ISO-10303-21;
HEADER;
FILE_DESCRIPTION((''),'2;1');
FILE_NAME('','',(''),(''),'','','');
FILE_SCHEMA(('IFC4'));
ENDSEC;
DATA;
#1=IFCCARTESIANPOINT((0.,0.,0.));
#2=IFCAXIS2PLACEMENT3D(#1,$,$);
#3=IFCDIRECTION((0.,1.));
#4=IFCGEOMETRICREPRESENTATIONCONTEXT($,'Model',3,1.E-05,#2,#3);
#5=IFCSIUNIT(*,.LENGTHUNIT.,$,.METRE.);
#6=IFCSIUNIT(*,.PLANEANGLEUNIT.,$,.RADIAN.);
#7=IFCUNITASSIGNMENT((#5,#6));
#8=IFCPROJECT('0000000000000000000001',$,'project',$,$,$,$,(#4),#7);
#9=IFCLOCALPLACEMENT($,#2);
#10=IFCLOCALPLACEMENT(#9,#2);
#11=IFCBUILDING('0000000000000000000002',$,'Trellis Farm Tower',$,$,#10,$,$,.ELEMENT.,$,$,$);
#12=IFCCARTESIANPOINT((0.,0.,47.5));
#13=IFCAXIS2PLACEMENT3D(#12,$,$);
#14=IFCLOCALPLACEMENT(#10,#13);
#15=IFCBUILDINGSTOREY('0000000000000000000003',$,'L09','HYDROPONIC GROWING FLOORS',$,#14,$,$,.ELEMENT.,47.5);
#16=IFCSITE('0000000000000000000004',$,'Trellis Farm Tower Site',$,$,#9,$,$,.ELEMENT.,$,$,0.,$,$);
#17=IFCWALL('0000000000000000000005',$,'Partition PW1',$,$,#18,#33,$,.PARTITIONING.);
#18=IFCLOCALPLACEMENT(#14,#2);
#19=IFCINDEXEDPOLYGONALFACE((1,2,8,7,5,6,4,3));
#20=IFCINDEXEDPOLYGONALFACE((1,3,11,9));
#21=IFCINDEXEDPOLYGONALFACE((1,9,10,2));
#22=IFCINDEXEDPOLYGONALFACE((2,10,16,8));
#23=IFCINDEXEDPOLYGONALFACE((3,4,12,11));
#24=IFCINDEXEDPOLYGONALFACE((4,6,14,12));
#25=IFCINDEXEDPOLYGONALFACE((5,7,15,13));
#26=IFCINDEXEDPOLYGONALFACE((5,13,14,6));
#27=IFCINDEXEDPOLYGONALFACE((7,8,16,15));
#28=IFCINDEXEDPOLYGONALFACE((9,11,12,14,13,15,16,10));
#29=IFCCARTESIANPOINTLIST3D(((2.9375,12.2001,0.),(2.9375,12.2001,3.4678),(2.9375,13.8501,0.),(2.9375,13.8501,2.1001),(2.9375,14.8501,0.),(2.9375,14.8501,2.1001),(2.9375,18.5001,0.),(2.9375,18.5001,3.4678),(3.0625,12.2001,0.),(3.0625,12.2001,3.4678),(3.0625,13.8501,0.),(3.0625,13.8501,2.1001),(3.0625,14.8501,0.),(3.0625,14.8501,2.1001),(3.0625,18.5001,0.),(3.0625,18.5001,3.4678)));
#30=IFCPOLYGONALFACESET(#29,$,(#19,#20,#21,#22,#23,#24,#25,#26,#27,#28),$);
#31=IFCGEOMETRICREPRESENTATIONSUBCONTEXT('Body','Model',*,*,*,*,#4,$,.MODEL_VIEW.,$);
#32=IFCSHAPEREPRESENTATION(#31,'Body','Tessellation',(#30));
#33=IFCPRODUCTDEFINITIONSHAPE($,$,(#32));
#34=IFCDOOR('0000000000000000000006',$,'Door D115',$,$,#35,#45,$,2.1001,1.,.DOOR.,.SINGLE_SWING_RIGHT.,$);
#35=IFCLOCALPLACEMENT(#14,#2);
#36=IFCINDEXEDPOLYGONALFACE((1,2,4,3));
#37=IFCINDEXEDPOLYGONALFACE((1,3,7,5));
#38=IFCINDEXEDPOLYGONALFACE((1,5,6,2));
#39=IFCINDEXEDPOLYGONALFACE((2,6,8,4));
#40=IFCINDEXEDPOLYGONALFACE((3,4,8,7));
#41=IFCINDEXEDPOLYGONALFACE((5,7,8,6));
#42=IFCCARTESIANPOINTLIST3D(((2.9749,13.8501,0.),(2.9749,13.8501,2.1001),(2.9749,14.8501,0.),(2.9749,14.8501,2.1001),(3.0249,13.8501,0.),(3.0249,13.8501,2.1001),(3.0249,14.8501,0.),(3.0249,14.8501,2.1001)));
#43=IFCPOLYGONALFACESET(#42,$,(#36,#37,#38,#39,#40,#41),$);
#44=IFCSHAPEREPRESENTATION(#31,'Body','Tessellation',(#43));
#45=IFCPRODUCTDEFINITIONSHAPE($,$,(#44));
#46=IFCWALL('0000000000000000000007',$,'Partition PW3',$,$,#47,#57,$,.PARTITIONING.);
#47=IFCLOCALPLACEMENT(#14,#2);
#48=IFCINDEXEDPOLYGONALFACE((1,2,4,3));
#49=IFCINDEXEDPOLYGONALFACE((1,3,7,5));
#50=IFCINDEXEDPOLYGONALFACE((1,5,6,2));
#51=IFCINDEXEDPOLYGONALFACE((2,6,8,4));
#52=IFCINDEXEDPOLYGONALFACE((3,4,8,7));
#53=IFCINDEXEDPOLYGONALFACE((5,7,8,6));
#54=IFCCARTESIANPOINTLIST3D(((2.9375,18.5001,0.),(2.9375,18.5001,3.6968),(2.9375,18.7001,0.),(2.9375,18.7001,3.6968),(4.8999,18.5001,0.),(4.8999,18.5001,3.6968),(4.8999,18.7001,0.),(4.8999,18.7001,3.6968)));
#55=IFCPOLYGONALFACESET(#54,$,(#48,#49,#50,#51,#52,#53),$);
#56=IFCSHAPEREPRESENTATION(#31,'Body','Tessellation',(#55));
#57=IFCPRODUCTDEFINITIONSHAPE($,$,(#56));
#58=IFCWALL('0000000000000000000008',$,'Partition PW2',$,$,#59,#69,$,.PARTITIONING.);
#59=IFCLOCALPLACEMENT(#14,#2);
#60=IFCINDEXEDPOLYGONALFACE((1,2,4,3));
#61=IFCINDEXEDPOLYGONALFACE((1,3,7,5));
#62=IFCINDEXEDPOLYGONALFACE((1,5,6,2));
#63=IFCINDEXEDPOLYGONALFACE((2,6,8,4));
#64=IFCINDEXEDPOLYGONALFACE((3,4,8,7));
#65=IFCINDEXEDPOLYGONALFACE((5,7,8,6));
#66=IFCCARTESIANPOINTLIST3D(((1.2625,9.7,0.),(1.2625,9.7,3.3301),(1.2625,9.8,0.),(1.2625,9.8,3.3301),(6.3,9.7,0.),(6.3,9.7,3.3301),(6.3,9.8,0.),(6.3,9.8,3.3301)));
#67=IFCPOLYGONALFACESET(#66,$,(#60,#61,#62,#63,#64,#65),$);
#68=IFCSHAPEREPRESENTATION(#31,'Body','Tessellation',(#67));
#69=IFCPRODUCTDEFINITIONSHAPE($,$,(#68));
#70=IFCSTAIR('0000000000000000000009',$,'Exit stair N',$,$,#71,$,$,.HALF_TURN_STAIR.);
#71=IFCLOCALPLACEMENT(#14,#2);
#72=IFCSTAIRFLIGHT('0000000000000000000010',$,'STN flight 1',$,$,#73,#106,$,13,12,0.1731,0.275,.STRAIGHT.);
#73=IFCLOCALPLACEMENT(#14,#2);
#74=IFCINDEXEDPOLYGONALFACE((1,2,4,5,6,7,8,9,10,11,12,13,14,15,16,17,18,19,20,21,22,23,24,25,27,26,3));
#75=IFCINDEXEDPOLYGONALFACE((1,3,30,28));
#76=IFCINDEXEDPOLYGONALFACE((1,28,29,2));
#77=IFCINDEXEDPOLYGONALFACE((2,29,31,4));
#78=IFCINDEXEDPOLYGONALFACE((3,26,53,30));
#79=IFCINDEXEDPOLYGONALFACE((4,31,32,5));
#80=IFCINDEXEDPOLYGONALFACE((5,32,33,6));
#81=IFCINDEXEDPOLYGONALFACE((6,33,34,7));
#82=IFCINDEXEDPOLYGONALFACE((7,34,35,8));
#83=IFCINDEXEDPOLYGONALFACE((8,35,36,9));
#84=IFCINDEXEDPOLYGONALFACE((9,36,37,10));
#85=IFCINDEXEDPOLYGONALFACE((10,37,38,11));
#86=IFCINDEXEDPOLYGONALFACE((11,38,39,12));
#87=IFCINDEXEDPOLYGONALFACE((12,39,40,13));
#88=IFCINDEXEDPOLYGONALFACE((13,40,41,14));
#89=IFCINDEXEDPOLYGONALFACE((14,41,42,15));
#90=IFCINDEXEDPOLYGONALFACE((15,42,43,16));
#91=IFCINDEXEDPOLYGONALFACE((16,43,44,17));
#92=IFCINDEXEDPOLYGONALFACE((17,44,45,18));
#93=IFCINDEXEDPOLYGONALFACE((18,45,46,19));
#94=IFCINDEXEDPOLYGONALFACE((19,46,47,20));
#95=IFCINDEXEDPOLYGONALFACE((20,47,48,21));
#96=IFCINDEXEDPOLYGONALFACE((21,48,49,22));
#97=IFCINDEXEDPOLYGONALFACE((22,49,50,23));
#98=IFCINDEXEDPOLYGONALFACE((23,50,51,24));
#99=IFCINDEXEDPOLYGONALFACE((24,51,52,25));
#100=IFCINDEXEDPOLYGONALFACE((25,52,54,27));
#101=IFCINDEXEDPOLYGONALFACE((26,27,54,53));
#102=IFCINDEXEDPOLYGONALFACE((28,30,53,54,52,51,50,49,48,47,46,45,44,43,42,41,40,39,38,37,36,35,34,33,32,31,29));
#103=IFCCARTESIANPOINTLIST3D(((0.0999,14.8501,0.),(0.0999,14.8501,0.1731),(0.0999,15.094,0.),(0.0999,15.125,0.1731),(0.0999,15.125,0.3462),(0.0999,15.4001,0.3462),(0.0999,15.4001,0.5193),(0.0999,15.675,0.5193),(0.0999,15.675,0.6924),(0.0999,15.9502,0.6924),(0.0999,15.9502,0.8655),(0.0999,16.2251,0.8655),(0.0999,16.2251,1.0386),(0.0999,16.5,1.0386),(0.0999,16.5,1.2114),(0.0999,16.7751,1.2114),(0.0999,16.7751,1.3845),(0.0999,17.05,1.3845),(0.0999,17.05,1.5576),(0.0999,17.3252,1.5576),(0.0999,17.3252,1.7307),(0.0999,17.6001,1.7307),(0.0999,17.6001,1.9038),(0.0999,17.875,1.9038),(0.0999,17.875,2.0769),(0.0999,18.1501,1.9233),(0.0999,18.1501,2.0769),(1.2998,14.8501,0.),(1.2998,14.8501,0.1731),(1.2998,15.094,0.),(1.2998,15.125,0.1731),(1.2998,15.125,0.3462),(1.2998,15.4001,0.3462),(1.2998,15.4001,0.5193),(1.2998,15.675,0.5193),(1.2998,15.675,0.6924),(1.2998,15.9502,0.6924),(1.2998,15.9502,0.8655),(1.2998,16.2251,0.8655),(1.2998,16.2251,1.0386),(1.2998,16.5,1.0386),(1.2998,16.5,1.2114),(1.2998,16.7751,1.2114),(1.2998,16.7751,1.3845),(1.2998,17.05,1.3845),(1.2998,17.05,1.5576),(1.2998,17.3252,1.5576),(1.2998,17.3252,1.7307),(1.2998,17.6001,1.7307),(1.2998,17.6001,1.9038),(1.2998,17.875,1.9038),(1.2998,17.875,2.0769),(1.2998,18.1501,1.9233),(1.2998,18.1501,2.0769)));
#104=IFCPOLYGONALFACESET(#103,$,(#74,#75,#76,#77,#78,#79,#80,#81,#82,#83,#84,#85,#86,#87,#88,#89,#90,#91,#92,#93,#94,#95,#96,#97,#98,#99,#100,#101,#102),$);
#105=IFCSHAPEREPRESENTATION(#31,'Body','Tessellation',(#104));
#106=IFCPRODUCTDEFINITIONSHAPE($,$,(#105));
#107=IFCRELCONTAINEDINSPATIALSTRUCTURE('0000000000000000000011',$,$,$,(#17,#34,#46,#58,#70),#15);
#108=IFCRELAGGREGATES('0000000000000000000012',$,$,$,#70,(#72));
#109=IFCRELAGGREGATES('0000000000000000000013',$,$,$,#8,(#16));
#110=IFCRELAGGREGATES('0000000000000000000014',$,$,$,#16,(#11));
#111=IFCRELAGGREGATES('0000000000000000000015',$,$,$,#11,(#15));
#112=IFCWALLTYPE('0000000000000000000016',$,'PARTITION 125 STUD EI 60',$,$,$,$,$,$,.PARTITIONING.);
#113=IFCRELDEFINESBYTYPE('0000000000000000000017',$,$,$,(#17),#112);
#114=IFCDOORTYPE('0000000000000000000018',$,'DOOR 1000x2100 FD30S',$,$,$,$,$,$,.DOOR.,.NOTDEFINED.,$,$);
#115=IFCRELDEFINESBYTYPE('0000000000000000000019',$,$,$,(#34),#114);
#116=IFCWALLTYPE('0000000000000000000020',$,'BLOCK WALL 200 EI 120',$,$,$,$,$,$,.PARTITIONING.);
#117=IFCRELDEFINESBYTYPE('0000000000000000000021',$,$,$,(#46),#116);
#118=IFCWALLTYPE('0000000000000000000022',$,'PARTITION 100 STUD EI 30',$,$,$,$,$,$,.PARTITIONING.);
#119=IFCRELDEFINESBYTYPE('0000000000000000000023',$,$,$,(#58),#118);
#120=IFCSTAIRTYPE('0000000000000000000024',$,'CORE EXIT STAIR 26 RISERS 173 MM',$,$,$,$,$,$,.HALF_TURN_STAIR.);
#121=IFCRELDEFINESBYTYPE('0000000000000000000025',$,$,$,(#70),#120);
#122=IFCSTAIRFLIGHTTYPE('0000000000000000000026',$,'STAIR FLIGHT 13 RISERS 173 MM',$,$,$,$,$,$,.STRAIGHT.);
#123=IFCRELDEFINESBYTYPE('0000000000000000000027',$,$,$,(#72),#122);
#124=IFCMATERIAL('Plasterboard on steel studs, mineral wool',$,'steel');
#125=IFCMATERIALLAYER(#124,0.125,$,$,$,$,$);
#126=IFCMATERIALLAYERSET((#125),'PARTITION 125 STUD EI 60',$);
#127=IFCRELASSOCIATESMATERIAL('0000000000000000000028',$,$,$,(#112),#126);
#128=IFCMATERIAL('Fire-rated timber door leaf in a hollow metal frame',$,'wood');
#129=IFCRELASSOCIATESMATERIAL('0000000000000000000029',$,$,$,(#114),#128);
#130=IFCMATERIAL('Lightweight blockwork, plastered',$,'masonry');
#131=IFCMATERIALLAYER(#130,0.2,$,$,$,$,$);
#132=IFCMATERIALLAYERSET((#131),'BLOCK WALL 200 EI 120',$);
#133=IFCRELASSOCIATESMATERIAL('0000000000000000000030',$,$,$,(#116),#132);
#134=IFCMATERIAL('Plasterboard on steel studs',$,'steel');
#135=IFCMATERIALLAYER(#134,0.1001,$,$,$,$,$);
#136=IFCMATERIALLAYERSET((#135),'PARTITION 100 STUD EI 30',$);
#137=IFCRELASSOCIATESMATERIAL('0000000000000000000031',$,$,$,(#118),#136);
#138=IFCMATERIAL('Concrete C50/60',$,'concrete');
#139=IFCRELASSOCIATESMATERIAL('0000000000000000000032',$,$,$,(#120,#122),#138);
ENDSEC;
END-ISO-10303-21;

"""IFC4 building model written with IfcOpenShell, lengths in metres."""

from ifc_helpers import new_model, si_unit, direction, frame, frame_2d, origin, place, context, subcontext, project, spatial, polyline, rectangle, outline, extrude, source, transform, mapped, material, layer, layer_set, type_object, element, fill, aggregate, save


model = new_model("IFC4")

# Units and contexts
model_context = context("Model", 3, precision=1e-05, world=origin(), true_north=direction((0.0, 1.0)))
body_context = subcontext(model_context, "Body", "Model", "MODEL_VIEW")
ifc_project = project(units=[si_unit("LENGTHUNIT", "METRE"), si_unit("PLANEANGLEUNIT", "RADIAN")], contexts=[model_context])

# Site, building, storey
site_placement = place(None, origin())
site = spatial("IfcSite", under=ifc_project, at=site_placement, Name="Trellis Farm Tower Site", CompositionType="ELEMENT", RefElevation=0.0)
building_placement = place(site_placement, origin())
building = spatial("IfcBuilding", under=site, at=building_placement, Name="Trellis Farm Tower", CompositionType="ELEMENT")
storey_placement = place(building_placement, frame((0.0, 0.0, 47.5)))
storey = spatial("IfcBuildingStorey", under=building, at=storey_placement, Name="L09", Description="HYDROPONIC GROWING FLOORS", CompositionType="ELEMENT", Elevation=47.5)

# Shared definitions
placement = place(storey_placement, origin())

# Shared definitions
ifc_material_1 = material(Name="Plasterboard on steel studs, mineral wool", Category="steel")
ifc_layer_1 = layer(ifc_material_1, 0.125)
ifc_layer_set_1 = layer_set([ifc_layer_1], Name="PARTITION 125 STUD EI 60")
wall_type_1 = type_object("IfcWallType", Name="PARTITION 125 STUD EI 60", PredefinedType="PARTITIONING", material=ifc_layer_set_1)
shared_shape_1 = source(origin(), body_context, "Body", "SweptSolid", [
    extrude(rectangle(XDim=1.0, YDim=2.1001, at=frame_2d((0.5, 1.05))), frame((0.0, 0.0725, 0.0), z_axis=(0.0, -1.0, 0.0), x_axis=(1.0, 0.0, 0.0)), (0.0, 0.0, 1.0), 0.145),
])
ifc_material_2 = material(Name="Fire-rated timber door leaf in a hollow metal frame", Category="wood")
door_type = type_object("IfcDoorType", Name="DOOR 1000x2100 FD30S", OperationType="NOTDEFINED", PredefinedType="DOOR", material=ifc_material_2)
shared_shape_2 = source(origin(), body_context, "Body", "SweptSolid", [
    extrude(rectangle(XDim=1.0, YDim=2.1001, at=frame_2d((0.5, 1.05))), frame((0.0, 0.0249, 0.0), z_axis=(0.0, -1.0, 0.0), x_axis=(1.0, 0.0, 0.0)), (0.0, 0.0, 1.0), 0.05),
])

# Shared definitions
ifc_material_3 = material(Name="Lightweight blockwork, plastered", Category="masonry")
ifc_layer_2 = layer(ifc_material_3, 0.2)
ifc_layer_set_2 = layer_set([ifc_layer_2], Name="BLOCK WALL 200 EI 120")
wall_type_2 = type_object("IfcWallType", Name="BLOCK WALL 200 EI 120", PredefinedType="PARTITIONING", material=ifc_layer_set_2)

# Wall, opening, door
shared_shape_3 = source(origin(), body_context, "Body", "SweptSolid", [
    extrude(rectangle(XDim=6.3, YDim=0.125, at=frame_2d((3.1499, 0.0))), origin(), (0.0, 0.0, 1.0), 3.4678),
])
wall_1_placement = place(storey_placement, frame((3.0, 18.5, 0.0), z_axis=(0.0, 0.0, 1.0), x_axis=(0.0, -1.0, 0.0)))
wall_1 = element("IfcWall", 1, at=wall_1_placement, inside=storey, type_object=wall_type_1, Name="Partition PW1", PredefinedType="PARTITIONING", context=body_context, shape_type="MappedRepresentation", body=[
    mapped(shared_shape_3, transform((0.0, 0.0, 0.0))),
])
opening_1_placement = place(wall_1_placement, frame((3.6499, 0.0, 0.0)))
opening_1 = element("IfcOpeningElement", 2, at=opening_1_placement, cuts=wall_1, PredefinedType="OPENING", context=body_context, shape_type="MappedRepresentation", body=[
    mapped(shared_shape_1, transform((0.0, 0.0, 0.0))),
])
door_1_placement = place(opening_1_placement, origin())
door_1 = element("IfcDoor", 3, at=door_1_placement, inside=storey, type_object=door_type, Name="Door D115", OperationType="SINGLE_SWING_RIGHT", OverallHeight=2.1001, OverallWidth=1.0, PredefinedType="DOOR", context=body_context, shape_type="MappedRepresentation", body=[
    mapped(shared_shape_2, transform((0.0, 0.0, 0.0))),
])
fill(opening_1, door_1)

# Walls
shared_shape_4 = source(origin(), body_context, "Body", "SweptSolid", [
    extrude(rectangle(XDim=1.9624, YDim=0.2, at=frame_2d((0.9812, 0.0))), origin(), (0.0, 0.0, 1.0), 3.6968),
])
wall_2_placement = place(storey_placement, frame((2.9375, 18.6001, 0.0), z_axis=(0.0, 0.0, 1.0), x_axis=(1.0, 0.0, 0.0)))
element("IfcWall", 4, at=wall_2_placement, inside=storey, type_object=wall_type_2, Name="Partition PW3", PredefinedType="PARTITIONING", context=body_context, shape_type="MappedRepresentation", body=[
    mapped(shared_shape_4, transform((0.0, 0.0, 0.0))),
])
ifc_material_4 = material(Name="Plasterboard on steel studs", Category="steel")
ifc_layer_3 = layer(ifc_material_4, 0.1001)
ifc_layer_set_3 = layer_set([ifc_layer_3], Name="PARTITION 100 STUD EI 30")
wall_type_3 = type_object("IfcWallType", Name="PARTITION 100 STUD EI 30", PredefinedType="PARTITIONING", material=ifc_layer_set_3)
shared_shape_5 = source(origin(), body_context, "Body", "SweptSolid", [
    extrude(rectangle(XDim=5.0376, YDim=0.1001, at=frame_2d((2.5188, 0.0))), origin(), (0.0, 0.0, 1.0), 3.3301),
])
wall_3_placement = place(storey_placement, frame((1.2625, 9.75, 0.0), z_axis=(0.0, 0.0, 1.0), x_axis=(1.0, 0.0, 0.0)))
element("IfcWall", 5, at=wall_3_placement, inside=storey, type_object=wall_type_3, Name="Partition PW2", PredefinedType="PARTITIONING", context=body_context, shape_type="MappedRepresentation", body=[
    mapped(shared_shape_5, transform((0.0, 0.0, 0.0))),
])

# Stair, stair flight
ifc_material_5 = material(Name="Concrete C50/60", Category="concrete")
stair_type = type_object("IfcStairType", Name="CORE EXIT STAIR 26 RISERS 173 MM", PredefinedType="HALF_TURN_STAIR", material=ifc_material_5)
stair = element("IfcStair", 6, at=placement, inside=storey, type_object=stair_type, Name="Exit stair N", PredefinedType="HALF_TURN_STAIR")
stair_flight_type = type_object("IfcStairFlightType", Name="STAIR FLIGHT 13 RISERS 173 MM", PredefinedType="STRAIGHT", material=ifc_material_5)
shared_shape_6 = source(origin(), body_context, "Body", "SweptSolid", [
    extrude(outline(polyline([(0.0, 0.0), (0.0, 0.1731), (0.2749, 0.1731), (0.2749, 0.3462), (0.55, 0.3462), (0.55, 0.5193), (0.825, 0.5193), (0.825, 0.6924), (1.1001, 0.6924), (1.1001, 0.8655), (1.375, 0.8655), (1.375, 1.0386), (1.6499, 1.0386), (1.6499, 1.2114), (1.925, 1.2114), (1.925, 1.3845), (2.2, 1.3845), (2.2, 1.5576), (2.4751, 1.5576), (2.4751, 1.7307), (2.75, 1.7307), (2.75, 1.9038), (3.0249, 1.9038), (3.0249, 2.0769), (3.3, 2.0769), (3.3, 2.25), (3.3, 1.9233), (0.2439, 0.0), (0.0, 0.0)])), frame((0.0, 0.6001, 0.0), z_axis=(0.0, -1.0, 0.0), x_axis=(1.0, 0.0, 0.0)), (0.0, 0.0, 1.0), 1.2),
])
stair_flight_placement = place(storey_placement, frame((0.7, 14.8501, 0.0), z_axis=(0.0, 0.0, 1.0), x_axis=(0.0, 1.0, 0.0)))
stair_flight = element("IfcStairFlight", 7, at=stair_flight_placement, type_object=stair_flight_type, Name="STN flight 1", NumberOfRisers=13, NumberOfTreads=12, PredefinedType="STRAIGHT", RiserHeight=0.1731, TreadLength=0.275, context=body_context, shape_type="MappedRepresentation", body=[
    mapped(shared_shape_6, transform((0.0, 0.0, 0.0))),
])
aggregate(stair, [stair_flight])

save(model, "model.ifc")
